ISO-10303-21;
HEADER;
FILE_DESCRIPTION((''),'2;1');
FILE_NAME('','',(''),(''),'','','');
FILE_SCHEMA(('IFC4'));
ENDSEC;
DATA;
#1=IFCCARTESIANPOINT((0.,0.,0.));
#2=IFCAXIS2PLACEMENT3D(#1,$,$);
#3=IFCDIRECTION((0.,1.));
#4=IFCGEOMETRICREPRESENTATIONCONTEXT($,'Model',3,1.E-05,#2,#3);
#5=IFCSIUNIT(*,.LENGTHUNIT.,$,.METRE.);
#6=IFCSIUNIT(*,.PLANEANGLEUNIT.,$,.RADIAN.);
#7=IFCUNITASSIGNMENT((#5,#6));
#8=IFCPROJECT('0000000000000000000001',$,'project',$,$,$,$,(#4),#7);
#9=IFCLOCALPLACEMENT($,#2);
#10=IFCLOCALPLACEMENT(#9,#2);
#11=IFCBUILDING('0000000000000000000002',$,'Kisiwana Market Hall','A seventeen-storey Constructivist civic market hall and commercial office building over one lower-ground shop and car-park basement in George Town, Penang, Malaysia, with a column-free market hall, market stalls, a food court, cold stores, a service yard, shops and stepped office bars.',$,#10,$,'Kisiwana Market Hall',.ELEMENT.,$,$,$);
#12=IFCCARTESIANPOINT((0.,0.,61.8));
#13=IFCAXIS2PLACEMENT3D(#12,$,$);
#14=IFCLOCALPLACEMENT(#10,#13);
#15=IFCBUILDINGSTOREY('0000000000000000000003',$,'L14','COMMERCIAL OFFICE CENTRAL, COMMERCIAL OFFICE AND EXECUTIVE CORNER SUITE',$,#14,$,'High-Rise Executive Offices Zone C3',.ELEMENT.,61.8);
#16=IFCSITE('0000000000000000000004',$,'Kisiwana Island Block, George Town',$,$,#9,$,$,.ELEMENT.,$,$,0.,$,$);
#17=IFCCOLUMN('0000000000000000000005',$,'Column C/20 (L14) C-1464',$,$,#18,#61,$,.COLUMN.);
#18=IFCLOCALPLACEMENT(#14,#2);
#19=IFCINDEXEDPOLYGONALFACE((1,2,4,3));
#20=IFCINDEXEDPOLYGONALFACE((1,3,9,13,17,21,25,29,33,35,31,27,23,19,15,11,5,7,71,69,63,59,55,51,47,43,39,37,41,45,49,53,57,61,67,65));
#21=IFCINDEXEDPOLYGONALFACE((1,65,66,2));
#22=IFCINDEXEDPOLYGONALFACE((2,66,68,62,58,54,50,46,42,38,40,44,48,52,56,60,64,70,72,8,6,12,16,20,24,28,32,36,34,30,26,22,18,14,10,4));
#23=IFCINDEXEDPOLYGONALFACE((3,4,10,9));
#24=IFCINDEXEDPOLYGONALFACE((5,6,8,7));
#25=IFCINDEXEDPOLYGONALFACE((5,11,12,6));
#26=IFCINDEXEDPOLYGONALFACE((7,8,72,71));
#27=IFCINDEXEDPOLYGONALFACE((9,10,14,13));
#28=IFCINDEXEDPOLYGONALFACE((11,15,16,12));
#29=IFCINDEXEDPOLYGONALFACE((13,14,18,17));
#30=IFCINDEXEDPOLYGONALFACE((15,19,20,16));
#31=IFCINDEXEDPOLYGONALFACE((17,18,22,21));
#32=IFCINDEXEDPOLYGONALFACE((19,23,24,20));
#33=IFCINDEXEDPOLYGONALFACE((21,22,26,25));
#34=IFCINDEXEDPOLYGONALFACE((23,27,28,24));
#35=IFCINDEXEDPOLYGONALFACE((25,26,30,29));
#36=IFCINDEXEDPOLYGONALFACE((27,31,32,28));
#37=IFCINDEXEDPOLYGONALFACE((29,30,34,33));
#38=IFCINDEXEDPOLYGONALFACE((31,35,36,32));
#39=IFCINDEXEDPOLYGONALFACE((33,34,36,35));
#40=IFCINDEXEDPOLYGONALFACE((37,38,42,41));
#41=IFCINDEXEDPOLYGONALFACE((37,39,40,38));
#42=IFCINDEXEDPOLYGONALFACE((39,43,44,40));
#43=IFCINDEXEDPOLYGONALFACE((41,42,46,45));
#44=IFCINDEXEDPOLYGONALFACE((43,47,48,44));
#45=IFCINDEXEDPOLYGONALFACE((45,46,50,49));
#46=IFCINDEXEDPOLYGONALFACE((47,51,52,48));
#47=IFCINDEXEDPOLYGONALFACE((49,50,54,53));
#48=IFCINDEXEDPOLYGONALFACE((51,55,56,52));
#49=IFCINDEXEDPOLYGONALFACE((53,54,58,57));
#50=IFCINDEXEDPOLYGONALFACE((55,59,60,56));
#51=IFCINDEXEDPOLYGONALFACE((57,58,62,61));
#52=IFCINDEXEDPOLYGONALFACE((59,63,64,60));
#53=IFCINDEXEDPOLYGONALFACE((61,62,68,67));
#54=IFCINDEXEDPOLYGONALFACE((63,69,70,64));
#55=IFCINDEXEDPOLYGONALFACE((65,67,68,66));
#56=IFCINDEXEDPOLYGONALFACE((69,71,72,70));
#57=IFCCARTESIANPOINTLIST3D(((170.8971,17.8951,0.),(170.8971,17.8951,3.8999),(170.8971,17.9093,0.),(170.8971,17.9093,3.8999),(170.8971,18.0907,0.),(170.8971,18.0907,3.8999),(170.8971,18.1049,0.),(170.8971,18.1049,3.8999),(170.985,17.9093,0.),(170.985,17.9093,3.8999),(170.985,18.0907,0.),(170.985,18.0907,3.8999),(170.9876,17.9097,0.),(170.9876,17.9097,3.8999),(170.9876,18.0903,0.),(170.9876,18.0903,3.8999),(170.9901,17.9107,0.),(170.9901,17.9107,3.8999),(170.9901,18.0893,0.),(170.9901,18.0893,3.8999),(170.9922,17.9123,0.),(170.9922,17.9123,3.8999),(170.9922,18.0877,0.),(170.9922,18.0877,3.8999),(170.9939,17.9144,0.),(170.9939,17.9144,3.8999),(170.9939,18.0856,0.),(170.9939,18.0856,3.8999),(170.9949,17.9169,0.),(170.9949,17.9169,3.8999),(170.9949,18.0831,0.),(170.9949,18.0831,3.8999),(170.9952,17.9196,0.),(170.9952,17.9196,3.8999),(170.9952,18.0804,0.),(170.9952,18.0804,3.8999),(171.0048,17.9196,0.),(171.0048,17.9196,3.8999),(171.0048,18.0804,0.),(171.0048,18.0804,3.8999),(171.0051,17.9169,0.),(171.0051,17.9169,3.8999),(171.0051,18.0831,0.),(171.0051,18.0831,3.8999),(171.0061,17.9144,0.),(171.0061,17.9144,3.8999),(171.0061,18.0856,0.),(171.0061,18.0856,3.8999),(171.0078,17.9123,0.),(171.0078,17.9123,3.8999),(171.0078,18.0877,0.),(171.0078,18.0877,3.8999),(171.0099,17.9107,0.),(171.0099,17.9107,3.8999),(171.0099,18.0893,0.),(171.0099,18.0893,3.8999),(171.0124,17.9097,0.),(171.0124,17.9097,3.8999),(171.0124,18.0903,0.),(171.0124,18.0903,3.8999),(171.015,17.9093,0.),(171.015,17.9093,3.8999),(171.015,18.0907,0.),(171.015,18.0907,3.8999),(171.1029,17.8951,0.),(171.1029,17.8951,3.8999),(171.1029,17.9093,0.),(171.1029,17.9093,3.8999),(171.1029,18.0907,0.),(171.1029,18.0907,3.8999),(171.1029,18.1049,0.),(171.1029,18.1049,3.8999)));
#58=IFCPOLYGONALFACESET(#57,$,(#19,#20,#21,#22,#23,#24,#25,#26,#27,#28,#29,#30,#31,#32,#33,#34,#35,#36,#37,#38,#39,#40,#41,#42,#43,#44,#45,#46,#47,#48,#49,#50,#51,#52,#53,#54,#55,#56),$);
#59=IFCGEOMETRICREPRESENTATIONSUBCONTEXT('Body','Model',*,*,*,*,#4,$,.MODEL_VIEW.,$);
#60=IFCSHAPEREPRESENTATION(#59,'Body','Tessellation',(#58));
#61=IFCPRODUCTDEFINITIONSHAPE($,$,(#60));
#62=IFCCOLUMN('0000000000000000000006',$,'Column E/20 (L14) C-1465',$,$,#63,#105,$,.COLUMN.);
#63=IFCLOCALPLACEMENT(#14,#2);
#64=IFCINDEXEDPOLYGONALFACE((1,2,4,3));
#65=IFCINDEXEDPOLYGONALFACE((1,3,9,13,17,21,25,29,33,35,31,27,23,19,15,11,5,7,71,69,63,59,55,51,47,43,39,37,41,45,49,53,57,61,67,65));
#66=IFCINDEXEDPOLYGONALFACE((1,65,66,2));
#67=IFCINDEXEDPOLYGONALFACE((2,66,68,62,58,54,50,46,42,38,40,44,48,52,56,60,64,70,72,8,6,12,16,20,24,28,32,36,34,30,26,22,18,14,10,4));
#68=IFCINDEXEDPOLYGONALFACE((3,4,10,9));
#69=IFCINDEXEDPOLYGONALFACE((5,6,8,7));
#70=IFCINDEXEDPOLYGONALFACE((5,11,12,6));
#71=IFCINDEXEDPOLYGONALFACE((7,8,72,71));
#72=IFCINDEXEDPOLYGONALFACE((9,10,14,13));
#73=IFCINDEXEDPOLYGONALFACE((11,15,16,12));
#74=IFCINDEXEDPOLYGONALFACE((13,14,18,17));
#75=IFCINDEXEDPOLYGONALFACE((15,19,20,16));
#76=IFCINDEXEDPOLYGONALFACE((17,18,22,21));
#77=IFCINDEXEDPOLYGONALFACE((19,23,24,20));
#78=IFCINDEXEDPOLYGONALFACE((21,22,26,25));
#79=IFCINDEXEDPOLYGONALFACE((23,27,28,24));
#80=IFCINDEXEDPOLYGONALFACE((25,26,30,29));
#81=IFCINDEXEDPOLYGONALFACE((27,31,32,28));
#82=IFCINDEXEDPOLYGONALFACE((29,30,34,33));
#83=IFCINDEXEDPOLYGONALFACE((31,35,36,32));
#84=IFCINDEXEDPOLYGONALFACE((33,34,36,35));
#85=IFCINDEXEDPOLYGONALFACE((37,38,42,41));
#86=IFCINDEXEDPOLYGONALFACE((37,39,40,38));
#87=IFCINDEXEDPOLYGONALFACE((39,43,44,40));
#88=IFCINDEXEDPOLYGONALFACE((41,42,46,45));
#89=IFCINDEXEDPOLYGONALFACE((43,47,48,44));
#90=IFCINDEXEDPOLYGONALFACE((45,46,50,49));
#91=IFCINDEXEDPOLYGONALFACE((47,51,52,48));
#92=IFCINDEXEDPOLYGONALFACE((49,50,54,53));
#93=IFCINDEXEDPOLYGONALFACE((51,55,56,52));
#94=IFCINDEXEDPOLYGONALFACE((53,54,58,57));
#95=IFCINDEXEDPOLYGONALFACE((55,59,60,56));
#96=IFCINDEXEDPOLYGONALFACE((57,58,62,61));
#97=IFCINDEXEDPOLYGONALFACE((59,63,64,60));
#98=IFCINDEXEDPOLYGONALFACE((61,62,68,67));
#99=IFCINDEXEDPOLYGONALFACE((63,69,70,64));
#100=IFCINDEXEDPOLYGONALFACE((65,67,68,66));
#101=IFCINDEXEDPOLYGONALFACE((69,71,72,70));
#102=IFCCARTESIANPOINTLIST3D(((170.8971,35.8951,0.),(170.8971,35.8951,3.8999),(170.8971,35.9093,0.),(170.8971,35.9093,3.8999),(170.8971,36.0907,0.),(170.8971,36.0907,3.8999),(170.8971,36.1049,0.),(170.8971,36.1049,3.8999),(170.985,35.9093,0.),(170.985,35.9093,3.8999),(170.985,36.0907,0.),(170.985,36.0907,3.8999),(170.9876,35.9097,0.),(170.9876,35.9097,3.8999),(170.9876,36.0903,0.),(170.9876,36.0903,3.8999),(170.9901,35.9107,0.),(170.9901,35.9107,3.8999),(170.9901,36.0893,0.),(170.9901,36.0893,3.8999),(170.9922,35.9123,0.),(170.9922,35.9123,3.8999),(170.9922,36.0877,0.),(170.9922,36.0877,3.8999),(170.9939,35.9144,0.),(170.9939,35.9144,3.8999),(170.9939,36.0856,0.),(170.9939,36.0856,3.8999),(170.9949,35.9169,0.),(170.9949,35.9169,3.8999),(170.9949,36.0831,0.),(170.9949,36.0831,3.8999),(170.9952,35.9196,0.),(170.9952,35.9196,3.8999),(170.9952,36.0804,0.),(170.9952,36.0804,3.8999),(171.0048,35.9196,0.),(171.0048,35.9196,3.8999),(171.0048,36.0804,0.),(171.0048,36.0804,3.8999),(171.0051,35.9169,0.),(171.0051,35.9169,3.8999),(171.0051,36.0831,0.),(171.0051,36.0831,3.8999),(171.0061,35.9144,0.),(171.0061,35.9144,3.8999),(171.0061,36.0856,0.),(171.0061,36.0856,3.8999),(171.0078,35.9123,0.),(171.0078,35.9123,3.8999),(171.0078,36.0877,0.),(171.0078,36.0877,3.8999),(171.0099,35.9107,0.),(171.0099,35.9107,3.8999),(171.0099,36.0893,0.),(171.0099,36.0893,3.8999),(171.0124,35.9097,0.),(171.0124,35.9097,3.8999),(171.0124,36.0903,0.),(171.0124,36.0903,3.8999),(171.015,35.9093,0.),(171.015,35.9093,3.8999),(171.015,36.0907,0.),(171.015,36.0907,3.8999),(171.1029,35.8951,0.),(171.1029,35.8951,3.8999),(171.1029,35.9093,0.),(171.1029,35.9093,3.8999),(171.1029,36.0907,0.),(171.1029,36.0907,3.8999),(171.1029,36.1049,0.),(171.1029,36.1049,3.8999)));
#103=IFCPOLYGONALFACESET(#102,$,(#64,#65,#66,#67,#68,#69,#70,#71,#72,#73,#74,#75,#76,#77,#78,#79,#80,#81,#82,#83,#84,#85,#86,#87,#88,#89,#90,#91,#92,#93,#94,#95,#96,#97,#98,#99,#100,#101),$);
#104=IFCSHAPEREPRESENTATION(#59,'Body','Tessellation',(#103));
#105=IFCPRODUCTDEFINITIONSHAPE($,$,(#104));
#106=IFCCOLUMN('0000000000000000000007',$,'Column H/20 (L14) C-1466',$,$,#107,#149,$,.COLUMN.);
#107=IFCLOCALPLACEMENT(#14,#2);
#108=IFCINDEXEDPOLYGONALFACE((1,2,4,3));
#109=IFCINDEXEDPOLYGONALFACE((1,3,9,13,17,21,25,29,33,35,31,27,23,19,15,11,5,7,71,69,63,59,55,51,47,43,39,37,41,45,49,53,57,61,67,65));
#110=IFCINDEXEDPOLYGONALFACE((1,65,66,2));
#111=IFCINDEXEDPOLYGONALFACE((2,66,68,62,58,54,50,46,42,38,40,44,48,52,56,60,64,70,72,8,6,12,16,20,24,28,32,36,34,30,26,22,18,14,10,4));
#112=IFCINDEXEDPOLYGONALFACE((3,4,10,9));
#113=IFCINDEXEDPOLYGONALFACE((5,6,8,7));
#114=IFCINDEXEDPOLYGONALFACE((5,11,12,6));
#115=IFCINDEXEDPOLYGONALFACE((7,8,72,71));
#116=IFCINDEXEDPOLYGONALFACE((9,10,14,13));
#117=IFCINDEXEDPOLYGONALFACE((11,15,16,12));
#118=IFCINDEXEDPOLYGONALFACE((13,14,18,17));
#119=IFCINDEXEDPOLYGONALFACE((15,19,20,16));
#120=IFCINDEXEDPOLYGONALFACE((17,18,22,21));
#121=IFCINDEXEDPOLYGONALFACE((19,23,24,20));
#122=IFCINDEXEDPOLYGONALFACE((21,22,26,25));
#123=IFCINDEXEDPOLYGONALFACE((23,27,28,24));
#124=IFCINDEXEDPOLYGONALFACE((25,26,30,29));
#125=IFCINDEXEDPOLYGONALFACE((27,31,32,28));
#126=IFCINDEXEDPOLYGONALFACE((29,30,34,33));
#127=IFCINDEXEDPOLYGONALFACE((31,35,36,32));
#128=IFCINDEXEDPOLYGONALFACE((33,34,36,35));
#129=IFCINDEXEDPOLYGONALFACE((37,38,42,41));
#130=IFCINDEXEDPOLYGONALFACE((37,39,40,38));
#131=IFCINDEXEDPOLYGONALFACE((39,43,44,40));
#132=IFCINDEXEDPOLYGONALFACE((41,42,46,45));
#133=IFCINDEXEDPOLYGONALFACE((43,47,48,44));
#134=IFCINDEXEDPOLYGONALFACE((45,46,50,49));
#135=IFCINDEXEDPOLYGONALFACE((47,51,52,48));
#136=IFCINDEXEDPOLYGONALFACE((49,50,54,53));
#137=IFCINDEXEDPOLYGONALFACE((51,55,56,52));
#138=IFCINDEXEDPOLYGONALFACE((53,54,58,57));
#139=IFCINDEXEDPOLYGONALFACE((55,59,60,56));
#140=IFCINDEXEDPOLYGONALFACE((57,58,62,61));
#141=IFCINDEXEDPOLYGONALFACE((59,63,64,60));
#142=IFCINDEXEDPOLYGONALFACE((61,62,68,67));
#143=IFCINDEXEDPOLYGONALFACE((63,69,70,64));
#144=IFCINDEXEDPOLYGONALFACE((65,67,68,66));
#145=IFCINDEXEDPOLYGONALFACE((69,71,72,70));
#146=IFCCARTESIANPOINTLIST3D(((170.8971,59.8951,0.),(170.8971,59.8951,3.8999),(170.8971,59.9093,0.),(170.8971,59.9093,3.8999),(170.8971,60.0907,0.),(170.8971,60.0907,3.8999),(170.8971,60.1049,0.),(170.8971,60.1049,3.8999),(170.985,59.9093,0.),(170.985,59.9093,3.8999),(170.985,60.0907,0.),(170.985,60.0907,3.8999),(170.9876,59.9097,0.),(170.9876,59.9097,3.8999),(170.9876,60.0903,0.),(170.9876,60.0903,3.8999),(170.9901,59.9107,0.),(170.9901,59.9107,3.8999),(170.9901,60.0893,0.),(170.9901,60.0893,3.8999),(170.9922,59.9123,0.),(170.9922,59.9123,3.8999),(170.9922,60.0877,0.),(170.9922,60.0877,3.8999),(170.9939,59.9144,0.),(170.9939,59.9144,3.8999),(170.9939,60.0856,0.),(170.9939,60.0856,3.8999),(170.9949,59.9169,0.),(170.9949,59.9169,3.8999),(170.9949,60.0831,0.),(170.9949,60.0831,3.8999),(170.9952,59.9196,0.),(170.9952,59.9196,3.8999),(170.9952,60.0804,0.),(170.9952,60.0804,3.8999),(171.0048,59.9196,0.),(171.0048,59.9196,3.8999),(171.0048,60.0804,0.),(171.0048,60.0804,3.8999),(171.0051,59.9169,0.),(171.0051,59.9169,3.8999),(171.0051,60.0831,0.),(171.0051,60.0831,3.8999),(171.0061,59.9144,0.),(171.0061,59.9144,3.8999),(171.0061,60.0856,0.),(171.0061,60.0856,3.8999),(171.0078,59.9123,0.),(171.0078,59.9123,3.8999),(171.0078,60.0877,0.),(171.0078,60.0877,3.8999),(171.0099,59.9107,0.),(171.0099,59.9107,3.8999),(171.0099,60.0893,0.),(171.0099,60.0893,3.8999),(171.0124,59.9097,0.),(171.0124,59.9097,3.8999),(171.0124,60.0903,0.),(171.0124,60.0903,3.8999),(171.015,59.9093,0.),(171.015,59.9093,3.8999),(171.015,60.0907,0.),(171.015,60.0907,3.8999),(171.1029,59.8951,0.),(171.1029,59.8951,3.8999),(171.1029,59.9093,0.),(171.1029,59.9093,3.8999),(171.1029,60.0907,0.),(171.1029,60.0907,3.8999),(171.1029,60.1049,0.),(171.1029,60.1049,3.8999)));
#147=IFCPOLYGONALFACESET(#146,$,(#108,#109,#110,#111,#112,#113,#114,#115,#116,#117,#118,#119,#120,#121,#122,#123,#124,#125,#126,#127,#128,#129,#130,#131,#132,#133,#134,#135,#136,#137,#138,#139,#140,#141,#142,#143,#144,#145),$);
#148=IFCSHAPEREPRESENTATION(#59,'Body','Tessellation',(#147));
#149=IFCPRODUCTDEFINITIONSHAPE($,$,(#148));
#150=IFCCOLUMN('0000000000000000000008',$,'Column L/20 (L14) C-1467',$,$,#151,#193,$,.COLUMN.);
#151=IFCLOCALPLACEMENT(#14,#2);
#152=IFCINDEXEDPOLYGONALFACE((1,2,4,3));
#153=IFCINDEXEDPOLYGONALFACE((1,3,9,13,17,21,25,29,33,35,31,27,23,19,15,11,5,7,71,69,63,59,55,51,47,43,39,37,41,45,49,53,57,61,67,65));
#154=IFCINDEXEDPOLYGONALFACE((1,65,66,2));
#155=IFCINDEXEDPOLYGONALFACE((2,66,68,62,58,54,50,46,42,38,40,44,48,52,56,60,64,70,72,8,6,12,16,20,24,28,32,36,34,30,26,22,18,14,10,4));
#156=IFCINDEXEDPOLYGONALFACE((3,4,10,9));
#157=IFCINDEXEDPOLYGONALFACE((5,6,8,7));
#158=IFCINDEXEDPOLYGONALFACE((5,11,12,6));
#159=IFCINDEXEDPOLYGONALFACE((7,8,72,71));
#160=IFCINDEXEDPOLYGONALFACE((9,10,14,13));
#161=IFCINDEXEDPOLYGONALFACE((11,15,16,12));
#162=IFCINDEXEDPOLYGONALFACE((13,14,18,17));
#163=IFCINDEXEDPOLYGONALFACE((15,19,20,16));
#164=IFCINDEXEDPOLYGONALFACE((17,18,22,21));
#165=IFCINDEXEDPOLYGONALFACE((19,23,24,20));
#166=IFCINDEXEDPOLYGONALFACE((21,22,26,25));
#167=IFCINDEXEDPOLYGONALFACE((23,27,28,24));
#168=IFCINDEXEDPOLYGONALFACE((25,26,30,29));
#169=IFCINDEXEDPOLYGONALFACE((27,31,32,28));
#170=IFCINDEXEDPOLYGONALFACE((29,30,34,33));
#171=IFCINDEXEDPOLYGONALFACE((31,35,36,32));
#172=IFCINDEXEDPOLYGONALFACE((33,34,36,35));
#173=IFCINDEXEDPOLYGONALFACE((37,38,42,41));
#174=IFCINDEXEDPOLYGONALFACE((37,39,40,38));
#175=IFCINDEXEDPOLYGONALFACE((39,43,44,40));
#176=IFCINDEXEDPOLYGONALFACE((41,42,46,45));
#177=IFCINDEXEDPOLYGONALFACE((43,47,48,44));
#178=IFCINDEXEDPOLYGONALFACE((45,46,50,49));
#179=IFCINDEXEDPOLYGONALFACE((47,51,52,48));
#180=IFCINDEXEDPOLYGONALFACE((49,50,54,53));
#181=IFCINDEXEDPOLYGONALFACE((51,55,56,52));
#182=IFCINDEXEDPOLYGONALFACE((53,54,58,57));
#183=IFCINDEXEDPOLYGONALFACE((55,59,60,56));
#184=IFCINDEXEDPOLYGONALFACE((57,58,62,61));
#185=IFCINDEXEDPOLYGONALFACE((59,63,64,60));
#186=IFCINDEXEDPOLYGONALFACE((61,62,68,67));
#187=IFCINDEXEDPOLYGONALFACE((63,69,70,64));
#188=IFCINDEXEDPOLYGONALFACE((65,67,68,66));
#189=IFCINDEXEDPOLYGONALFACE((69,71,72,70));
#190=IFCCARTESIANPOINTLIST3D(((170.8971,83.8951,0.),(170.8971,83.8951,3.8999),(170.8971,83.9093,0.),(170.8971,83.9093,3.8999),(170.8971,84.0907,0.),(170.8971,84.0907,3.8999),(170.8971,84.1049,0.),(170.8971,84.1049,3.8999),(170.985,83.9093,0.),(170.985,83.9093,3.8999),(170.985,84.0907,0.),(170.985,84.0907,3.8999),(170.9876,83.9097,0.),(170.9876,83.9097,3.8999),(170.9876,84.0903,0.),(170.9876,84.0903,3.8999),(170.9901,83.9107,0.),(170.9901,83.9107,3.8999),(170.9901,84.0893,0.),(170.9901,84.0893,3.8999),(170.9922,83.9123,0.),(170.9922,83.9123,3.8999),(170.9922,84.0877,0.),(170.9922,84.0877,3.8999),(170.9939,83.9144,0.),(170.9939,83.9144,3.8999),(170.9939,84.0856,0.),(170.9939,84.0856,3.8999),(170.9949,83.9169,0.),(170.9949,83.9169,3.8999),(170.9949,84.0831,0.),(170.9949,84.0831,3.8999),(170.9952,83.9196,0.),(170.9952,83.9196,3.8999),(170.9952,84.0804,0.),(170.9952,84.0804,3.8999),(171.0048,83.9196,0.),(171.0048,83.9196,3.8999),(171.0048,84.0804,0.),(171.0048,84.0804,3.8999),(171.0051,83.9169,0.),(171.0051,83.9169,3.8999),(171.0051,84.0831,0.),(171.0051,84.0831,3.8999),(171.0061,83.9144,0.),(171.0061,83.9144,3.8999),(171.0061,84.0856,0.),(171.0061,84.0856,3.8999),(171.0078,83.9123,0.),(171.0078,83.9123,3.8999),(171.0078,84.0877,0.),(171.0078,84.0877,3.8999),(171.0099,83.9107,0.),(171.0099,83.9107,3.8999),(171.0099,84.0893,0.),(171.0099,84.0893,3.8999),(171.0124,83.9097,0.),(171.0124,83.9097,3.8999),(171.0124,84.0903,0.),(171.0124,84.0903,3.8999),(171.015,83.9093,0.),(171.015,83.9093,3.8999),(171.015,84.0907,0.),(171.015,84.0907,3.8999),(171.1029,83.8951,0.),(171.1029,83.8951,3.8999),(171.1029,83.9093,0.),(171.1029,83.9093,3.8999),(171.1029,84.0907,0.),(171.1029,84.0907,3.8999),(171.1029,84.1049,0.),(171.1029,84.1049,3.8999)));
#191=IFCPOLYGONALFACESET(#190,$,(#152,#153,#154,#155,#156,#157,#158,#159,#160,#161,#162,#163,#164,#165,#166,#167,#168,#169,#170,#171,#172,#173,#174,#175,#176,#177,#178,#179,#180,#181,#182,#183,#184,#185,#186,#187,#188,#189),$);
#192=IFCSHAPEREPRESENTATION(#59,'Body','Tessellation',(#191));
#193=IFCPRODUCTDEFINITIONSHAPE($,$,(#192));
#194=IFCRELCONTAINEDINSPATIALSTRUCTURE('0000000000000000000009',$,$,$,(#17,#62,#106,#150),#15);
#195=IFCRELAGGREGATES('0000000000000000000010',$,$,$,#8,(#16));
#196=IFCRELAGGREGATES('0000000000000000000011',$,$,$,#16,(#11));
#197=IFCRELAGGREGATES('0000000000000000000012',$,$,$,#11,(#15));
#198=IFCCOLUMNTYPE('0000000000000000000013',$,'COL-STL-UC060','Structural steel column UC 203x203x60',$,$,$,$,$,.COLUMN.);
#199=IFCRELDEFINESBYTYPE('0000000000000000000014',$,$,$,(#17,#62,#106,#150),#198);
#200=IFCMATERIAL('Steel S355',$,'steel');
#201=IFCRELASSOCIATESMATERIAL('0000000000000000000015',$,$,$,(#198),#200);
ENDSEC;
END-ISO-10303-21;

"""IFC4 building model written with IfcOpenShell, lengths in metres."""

from ifc_helpers import new_model, si_unit, direction, frame, origin, origin_2d, place, context, subcontext, project, spatial, i_section, extrude, material, material_profile, profile_set, type_object, element, save


model = new_model("IFC4")

# Units and contexts
model_context = context("Model", 3, precision=1e-05, world=origin(), true_north=direction((0.0, 1.0)))
body_context = subcontext(model_context, "Body", "Model", "MODEL_VIEW")
ifc_project = project(units=[si_unit("LENGTHUNIT", "METRE"), si_unit("PLANEANGLEUNIT", "RADIAN")], contexts=[model_context])

# Site, building, storey
site_placement = place(None, origin())
site = spatial("IfcSite", under=ifc_project, at=site_placement, Name="Kisiwana Island Block, George Town", CompositionType="ELEMENT", RefElevation=0.0)
building_placement = place(site_placement, origin())
building = spatial("IfcBuilding", under=site, at=building_placement, Name="Kisiwana Market Hall", Description="A seventeen-storey Constructivist civic market hall and commercial office building over one lower-ground shop and car-park basement in George Town, Penang, Malaysia, with a column-free market hall, market stalls, a food court, cold stores, a service yard, shops and stepped office bars.", LongName="Kisiwana Market Hall", CompositionType="ELEMENT")
storey_placement = place(building_placement, frame((0.0, 0.0, 61.8)))
storey = spatial("IfcBuildingStorey", under=building, at=storey_placement, Name="L14", Description="COMMERCIAL OFFICE CENTRAL, COMMERCIAL OFFICE AND EXECUTIVE CORNER SUITE", LongName="High-Rise Executive Offices Zone C3", CompositionType="ELEMENT", Elevation=61.8)

# Columns
ifc_material_1 = material(Name="Steel S355", Category="steel")
ifc_material_profile_1 = material_profile(ifc_material_1, i_section(OverallWidth=0.2058, OverallDepth=0.2097, WebThickness=0.0095, FlangeThickness=0.0142, FilletRadius=0.0103, at=origin_2d()), Name="UC 203x203x60")
ifc_profile_set_1 = profile_set([ifc_material_profile_1], Name="Steel S355")
column_type = type_object("IfcColumnType", Name="COL-STL-UC060", Description="Structural steel column UC 203x203x60", PredefinedType="COLUMN", material=ifc_profile_set_1)
for number, where, z_axis, x_axis, name in (
    (1, (171.0, 18.0, 0.0), (0.0, 0.0, 1.0), (1.0, 0.0, 0.0), "Column C/20 (L14) C-1464"),
    (2, (171.0, 36.0, 0.0), (0.0, 0.0, 1.0), (1.0, 0.0, 0.0), "Column E/20 (L14) C-1465"),
    (3, (171.0, 60.0, 0.0), (0.0, 0.0, 1.0), (1.0, 0.0, 0.0), "Column H/20 (L14) C-1466"),
    (4, (171.0, 84.0, 0.0), (0.0, 0.0, 1.0), (1.0, 0.0, 0.0), "Column L/20 (L14) C-1467"),
):
    element("IfcColumn", number, at=place(storey_placement, frame(where, z_axis=z_axis, x_axis=x_axis)), inside=storey, type_object=column_type, Name=name, PredefinedType="COLUMN", context=body_context, shape_type="SweptSolid", body=[
        extrude(i_section(OverallWidth=0.2058, OverallDepth=0.2097, WebThickness=0.0095, FlangeThickness=0.0142, FilletRadius=0.0103, at=origin_2d()), origin(), (0.0, 0.0, 1.0), 3.8999),
    ])

save(model, "model.ifc")
